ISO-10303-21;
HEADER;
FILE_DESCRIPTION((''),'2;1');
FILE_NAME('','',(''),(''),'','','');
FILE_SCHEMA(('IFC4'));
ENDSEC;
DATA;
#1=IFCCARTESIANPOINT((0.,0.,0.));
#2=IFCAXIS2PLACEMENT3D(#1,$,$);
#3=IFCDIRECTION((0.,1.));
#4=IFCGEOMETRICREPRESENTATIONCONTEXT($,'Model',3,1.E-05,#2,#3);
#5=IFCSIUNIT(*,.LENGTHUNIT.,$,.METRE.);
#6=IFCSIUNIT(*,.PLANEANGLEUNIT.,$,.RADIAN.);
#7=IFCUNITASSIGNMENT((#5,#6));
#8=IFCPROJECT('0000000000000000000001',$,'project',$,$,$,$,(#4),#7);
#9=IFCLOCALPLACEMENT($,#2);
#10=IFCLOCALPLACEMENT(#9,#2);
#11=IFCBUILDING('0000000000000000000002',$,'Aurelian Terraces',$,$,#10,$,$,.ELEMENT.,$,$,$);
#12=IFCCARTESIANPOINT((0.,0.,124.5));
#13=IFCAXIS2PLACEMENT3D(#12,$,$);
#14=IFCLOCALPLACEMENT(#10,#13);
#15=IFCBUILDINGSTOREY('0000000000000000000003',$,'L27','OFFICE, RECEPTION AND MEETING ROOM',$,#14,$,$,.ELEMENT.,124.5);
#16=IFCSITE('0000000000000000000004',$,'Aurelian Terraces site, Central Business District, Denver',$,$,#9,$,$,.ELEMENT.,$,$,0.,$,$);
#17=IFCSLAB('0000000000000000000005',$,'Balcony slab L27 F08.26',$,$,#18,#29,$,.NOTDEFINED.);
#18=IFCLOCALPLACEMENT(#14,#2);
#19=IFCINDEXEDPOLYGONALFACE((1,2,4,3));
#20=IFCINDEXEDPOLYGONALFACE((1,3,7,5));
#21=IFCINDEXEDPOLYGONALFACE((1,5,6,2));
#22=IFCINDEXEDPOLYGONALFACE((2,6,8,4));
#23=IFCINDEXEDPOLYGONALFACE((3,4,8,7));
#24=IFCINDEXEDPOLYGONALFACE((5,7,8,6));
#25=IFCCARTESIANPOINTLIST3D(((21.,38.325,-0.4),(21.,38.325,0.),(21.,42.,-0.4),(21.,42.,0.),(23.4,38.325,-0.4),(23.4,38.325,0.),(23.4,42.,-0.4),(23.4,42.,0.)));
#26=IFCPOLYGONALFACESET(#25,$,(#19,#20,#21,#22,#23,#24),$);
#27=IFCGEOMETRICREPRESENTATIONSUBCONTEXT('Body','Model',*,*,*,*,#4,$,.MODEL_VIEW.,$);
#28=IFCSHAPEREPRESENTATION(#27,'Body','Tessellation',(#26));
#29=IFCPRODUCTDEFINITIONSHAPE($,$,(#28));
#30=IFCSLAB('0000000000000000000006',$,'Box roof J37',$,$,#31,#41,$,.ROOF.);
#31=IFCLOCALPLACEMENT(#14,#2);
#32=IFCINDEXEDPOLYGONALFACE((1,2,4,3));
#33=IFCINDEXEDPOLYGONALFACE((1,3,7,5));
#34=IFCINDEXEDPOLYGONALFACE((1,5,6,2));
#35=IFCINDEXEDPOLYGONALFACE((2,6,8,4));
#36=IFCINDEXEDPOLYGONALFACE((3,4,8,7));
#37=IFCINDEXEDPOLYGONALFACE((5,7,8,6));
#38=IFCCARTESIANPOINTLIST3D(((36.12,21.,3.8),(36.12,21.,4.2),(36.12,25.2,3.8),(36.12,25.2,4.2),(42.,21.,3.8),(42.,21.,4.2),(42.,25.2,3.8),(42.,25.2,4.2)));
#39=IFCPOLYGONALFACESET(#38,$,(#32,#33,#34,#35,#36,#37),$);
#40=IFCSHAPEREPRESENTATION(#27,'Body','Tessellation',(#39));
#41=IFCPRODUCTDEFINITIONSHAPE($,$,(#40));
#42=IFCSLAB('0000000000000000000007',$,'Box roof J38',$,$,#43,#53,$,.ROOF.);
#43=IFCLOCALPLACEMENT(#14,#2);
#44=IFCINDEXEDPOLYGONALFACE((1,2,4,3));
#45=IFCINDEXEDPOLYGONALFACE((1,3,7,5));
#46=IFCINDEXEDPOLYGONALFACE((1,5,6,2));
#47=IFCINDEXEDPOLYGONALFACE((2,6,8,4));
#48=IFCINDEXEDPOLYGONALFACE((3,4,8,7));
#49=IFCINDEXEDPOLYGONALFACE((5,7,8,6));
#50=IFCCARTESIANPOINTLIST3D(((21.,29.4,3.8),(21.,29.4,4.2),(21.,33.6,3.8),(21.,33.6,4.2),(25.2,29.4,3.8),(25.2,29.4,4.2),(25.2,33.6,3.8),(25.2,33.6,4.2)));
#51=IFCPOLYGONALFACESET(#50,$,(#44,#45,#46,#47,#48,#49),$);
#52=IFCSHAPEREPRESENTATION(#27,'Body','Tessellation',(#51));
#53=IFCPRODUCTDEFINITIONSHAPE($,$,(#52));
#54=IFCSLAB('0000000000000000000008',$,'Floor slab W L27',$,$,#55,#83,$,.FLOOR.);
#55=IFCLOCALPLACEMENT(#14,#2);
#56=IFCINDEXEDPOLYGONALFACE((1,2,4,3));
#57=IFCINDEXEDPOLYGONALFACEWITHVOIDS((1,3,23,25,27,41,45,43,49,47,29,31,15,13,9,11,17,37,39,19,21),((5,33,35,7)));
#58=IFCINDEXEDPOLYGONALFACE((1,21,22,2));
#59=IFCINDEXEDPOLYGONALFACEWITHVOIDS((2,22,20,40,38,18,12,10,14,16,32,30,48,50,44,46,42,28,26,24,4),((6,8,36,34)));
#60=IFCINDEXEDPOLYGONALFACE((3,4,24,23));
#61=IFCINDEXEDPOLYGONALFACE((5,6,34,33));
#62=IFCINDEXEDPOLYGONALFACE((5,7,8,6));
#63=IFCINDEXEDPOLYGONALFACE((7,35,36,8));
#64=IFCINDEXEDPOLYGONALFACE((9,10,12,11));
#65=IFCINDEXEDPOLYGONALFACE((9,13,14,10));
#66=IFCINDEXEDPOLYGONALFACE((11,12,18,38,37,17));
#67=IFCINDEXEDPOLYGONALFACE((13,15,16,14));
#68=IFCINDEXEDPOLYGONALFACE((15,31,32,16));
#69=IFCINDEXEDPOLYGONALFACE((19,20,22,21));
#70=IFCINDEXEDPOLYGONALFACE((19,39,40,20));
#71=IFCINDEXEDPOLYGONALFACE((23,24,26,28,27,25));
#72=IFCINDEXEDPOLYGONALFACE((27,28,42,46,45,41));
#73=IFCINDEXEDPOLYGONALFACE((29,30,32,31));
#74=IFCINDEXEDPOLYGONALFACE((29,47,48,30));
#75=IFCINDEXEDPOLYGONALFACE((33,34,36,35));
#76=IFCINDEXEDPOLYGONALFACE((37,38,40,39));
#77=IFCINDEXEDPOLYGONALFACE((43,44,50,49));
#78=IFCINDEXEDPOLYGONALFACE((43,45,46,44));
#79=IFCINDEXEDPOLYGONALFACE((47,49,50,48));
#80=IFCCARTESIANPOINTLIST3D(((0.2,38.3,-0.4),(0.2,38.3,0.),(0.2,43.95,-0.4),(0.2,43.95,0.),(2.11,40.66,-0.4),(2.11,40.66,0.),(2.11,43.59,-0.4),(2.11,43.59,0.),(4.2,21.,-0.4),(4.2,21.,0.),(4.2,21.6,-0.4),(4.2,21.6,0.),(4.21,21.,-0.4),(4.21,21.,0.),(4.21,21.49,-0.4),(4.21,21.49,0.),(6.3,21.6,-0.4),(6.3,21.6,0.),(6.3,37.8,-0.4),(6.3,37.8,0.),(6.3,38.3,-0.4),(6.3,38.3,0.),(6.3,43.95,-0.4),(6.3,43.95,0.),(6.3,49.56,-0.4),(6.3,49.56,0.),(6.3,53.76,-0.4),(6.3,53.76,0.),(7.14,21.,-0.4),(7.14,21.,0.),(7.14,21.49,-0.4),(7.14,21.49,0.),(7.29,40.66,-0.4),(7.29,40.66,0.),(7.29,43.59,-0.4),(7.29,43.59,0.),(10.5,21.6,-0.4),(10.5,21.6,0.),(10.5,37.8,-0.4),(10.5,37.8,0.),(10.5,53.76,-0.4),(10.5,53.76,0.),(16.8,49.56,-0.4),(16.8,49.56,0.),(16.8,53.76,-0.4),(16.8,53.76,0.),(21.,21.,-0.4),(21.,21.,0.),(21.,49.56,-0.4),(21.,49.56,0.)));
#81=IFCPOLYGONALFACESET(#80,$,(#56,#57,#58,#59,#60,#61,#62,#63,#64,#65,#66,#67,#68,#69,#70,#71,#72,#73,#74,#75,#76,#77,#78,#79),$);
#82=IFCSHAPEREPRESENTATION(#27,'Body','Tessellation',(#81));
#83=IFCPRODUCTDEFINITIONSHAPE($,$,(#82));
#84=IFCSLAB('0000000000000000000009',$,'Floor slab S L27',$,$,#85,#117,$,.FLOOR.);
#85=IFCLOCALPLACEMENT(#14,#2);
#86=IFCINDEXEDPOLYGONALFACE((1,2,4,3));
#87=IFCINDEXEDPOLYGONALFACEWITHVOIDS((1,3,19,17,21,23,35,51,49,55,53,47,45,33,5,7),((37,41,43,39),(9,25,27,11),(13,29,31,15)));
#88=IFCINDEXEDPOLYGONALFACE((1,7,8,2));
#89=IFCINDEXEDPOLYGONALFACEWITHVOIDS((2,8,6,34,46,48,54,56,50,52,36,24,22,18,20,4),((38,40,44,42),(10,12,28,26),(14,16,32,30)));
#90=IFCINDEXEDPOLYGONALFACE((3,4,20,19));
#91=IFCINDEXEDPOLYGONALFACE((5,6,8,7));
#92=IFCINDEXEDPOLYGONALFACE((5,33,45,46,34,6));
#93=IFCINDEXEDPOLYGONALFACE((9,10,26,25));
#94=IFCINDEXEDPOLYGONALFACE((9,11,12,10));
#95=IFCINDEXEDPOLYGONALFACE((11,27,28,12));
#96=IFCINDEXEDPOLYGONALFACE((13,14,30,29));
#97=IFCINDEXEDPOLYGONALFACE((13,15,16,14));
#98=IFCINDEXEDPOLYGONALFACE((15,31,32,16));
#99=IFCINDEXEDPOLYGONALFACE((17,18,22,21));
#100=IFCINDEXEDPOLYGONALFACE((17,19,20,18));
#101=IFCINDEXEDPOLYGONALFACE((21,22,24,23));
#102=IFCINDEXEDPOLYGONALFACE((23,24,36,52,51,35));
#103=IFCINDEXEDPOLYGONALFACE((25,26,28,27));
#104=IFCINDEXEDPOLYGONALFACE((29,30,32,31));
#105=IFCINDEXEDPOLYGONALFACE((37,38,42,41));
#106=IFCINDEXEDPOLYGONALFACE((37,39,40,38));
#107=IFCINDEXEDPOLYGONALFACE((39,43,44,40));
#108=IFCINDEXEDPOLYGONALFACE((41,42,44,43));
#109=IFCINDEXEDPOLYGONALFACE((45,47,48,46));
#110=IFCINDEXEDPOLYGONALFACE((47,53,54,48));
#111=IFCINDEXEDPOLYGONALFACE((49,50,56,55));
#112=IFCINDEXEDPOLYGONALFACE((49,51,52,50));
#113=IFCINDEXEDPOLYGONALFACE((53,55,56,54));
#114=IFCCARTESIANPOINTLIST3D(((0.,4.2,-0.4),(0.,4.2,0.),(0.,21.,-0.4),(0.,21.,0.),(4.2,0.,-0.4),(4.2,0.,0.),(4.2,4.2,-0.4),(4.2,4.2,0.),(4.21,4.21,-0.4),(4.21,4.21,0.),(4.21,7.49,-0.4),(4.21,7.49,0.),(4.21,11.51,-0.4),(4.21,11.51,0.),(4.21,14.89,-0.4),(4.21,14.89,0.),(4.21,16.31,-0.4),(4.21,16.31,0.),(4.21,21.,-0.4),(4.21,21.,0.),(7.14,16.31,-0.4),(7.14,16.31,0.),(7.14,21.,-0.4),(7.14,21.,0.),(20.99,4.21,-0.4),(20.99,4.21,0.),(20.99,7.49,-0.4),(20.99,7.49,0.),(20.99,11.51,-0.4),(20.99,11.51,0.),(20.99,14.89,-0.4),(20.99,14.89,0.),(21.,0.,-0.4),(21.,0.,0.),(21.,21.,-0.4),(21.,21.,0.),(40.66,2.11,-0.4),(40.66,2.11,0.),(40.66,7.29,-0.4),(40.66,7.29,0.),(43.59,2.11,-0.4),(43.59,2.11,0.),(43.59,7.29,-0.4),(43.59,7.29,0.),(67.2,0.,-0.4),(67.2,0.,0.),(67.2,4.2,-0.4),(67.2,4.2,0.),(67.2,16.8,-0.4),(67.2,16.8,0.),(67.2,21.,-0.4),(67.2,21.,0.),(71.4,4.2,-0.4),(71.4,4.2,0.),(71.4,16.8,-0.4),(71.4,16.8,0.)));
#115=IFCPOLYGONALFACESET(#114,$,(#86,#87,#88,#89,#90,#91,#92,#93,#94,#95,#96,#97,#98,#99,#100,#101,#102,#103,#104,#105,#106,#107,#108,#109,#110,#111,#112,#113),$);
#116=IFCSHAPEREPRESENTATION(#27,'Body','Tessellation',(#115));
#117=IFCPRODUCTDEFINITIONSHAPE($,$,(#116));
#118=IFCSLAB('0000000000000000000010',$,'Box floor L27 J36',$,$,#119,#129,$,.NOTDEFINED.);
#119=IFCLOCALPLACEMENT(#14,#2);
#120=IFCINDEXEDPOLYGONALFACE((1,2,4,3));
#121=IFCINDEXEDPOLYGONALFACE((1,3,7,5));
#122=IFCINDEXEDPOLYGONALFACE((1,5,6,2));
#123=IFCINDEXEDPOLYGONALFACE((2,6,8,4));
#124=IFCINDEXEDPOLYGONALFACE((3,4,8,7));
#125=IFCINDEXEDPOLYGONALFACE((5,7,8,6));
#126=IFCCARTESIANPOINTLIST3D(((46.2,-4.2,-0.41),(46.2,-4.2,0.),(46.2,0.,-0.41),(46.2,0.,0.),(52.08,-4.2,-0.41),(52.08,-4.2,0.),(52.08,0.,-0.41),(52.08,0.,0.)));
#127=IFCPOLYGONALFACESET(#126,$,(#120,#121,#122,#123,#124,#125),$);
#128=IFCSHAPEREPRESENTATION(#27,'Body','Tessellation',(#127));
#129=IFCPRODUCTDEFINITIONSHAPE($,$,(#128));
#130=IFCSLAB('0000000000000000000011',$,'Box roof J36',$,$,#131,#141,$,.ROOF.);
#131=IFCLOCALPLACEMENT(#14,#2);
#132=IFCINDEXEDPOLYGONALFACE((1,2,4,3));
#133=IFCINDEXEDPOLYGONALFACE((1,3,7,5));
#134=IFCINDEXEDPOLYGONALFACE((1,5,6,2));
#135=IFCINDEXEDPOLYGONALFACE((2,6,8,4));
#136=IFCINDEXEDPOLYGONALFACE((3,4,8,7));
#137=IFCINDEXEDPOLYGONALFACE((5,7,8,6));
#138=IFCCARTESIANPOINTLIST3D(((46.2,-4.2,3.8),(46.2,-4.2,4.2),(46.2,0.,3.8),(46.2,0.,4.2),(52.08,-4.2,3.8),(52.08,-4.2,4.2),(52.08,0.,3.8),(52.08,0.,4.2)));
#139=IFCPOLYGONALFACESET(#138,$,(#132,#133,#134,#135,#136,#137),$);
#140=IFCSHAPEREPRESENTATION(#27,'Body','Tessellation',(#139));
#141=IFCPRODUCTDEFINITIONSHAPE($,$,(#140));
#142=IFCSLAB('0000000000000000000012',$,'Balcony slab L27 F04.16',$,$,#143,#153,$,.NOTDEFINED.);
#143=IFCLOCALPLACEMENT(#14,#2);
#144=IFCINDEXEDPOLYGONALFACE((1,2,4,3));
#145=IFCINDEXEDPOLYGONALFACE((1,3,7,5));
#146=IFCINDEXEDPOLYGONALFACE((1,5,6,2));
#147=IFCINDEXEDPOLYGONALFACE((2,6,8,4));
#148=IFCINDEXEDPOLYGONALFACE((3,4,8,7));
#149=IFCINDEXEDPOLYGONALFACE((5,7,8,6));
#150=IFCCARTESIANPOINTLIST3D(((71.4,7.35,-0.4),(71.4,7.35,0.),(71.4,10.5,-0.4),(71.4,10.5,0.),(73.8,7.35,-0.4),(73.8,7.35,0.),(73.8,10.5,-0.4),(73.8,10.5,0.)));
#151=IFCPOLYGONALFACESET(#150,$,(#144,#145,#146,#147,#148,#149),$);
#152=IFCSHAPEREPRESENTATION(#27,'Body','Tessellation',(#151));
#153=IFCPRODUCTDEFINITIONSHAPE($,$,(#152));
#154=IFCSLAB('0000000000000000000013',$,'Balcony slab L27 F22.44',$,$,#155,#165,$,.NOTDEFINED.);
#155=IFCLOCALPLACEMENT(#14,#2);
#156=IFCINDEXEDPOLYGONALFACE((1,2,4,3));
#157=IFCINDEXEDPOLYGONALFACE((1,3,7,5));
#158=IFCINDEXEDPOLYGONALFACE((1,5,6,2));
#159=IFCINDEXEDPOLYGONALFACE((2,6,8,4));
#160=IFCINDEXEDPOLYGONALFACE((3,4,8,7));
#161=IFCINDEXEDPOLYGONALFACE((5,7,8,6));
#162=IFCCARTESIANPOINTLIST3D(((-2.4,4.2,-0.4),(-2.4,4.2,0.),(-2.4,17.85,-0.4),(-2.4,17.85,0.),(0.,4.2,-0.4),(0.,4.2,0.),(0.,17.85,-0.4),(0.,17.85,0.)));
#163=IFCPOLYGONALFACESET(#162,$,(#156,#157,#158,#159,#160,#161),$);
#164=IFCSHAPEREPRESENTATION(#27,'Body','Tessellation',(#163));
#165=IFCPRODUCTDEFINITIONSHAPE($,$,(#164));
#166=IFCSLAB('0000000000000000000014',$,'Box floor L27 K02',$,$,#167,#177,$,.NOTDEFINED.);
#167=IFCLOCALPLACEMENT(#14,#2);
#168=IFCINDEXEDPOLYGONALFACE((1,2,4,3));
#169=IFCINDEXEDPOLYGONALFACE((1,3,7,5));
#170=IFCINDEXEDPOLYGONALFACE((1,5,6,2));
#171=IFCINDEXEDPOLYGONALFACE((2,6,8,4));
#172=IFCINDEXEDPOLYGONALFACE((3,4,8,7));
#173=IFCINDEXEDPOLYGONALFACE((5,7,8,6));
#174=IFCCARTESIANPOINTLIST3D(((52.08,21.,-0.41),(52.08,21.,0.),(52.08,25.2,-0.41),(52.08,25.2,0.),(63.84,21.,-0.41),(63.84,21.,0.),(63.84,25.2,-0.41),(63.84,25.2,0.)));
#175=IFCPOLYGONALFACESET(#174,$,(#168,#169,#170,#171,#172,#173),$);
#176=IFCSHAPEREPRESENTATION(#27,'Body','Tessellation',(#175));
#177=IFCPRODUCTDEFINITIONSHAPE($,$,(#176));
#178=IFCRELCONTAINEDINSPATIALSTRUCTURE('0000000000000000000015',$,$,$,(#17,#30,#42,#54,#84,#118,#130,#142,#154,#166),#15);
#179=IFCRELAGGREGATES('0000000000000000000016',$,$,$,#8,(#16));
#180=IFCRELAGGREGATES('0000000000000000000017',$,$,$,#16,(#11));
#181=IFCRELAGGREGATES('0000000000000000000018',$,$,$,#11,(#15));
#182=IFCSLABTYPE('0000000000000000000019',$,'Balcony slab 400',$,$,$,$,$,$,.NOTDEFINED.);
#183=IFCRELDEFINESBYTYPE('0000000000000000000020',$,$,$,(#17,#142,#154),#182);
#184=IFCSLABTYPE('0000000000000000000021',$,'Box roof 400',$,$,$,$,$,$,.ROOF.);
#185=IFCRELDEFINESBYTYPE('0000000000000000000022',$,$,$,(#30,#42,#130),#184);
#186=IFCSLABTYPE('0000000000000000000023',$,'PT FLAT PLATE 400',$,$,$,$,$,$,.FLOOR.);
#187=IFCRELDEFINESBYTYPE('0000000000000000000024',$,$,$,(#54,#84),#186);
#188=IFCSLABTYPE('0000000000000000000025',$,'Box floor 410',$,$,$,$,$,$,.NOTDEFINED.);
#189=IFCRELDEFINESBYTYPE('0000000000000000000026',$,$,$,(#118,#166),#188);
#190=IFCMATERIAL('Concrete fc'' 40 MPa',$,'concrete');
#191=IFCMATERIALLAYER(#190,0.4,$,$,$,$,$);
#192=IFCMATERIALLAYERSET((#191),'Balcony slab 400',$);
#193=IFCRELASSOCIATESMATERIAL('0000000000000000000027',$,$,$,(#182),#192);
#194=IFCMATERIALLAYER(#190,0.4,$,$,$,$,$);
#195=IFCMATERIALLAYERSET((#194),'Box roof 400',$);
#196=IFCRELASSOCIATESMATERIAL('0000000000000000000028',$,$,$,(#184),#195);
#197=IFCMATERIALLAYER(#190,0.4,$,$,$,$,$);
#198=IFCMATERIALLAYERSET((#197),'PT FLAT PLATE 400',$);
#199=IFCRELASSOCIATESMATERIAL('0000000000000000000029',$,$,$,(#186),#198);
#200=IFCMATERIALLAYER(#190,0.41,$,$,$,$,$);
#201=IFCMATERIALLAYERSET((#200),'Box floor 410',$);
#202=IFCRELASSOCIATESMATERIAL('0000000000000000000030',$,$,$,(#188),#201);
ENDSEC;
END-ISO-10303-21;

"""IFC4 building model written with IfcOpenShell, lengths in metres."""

from ifc_helpers import new_model, si_unit, direction, frame, origin, place, context, subcontext, project, spatial, polyline, outline, extrude, source, transform, mapped, material, layer, layer_set, type_object, element, save


model = new_model("IFC4")

# Units and contexts
model_context = context("Model", 3, precision=1e-05, world=origin(), true_north=direction((0.0, 1.0)))
body_context = subcontext(model_context, "Body", "Model", "MODEL_VIEW")
ifc_project = project(units=[si_unit("LENGTHUNIT", "METRE"), si_unit("PLANEANGLEUNIT", "RADIAN")], contexts=[model_context])

# Site, building, storey
site_placement = place(None, origin())
site = spatial("IfcSite", under=ifc_project, at=site_placement, Name="Aurelian Terraces site, Central Business District, Denver", CompositionType="ELEMENT", RefElevation=0.0)
building_placement = place(site_placement, origin())
building = spatial("IfcBuilding", under=site, at=building_placement, Name="Aurelian Terraces", CompositionType="ELEMENT")
storey_placement = place(building_placement, frame((0.0, 0.0, 124.5)))
storey = spatial("IfcBuildingStorey", under=building, at=storey_placement, Name="L27", Description="OFFICE, RECEPTION AND MEETING ROOM", CompositionType="ELEMENT", Elevation=124.5)

# Slabs
ifc_material_1 = material(Name="Concrete fc' 40 MPa", Category="concrete")
ifc_layer_1 = layer(ifc_material_1, 0.4)
ifc_layer_set_1 = layer_set([ifc_layer_1], Name="Balcony slab 400")
slab_type_1 = type_object("IfcSlabType", Name="Balcony slab 400", PredefinedType="NOTDEFINED", material=ifc_layer_set_1)
slab_1_placement = place(storey_placement, frame((0.0, 0.0, -0.4)))
element("IfcSlab", 1, at=slab_1_placement, inside=storey, type_object=slab_type_1, Name="Balcony slab L27 F08.26", PredefinedType="NOTDEFINED", context=body_context, shape_type="SweptSolid", body=[
    extrude(outline(polyline([(21.0, 38.325), (21.0, 42.0), (23.4, 42.0), (23.4, 38.325), (21.0, 38.325)])), origin(), (0.0, 0.0, 1.0), 0.4),
])
ifc_layer_2 = layer(ifc_material_1, 0.4)
ifc_layer_set_2 = layer_set([ifc_layer_2], Name="Box roof 400")
slab_type_2 = type_object("IfcSlabType", Name="Box roof 400", PredefinedType="ROOF", material=ifc_layer_set_2)
slab_2_placement = place(storey_placement, frame((0.0, 0.0, 3.8)))
element("IfcSlab", 2, at=slab_2_placement, inside=storey, type_object=slab_type_2, Name="Box roof J37", PredefinedType="ROOF", context=body_context, shape_type="SweptSolid", body=[
    extrude(outline(polyline([(42.0, 25.2), (36.12, 25.2), (36.12, 21.0), (42.0, 21.0), (42.0, 25.2)])), origin(), (0.0, 0.0, 1.0), 0.4),
])
slab_3_placement = place(storey_placement, frame((0.0, 0.0, 3.8)))
element("IfcSlab", 3, at=slab_3_placement, inside=storey, type_object=slab_type_2, Name="Box roof J38", PredefinedType="ROOF", context=body_context, shape_type="SweptSolid", body=[
    extrude(outline(polyline([(25.2, 29.4), (25.2, 33.6), (21.0, 33.6), (21.0, 29.4), (25.2, 29.4)])), origin(), (0.0, 0.0, 1.0), 0.4),
])
ifc_layer_3 = layer(ifc_material_1, 0.4)
ifc_layer_set_3 = layer_set([ifc_layer_3], Name="PT FLAT PLATE 400")
slab_type_3 = type_object("IfcSlabType", Name="PT FLAT PLATE 400", PredefinedType="FLOOR", material=ifc_layer_set_3)
slab_4_placement = place(storey_placement, frame((0.0, 0.0, -0.4)))
element("IfcSlab", 4, at=slab_4_placement, inside=storey, type_object=slab_type_3, Name="Floor slab W L27", PredefinedType="FLOOR", context=body_context, shape_type="SweptSolid", body=[
    extrude(outline(polyline([(6.3, 43.95), (6.3, 49.56), (6.3, 53.76), (10.5, 53.76), (16.8, 53.76), (16.8, 49.56), (21.0, 49.56), (21.0, 21.0), (7.14, 21.0), (7.14, 21.49), (4.21, 21.49), (4.21, 21.0), (4.2, 21.0), (4.2, 21.6), (6.3, 21.6), (10.5, 21.6), (10.5, 37.8), (6.3, 37.8), (6.3, 38.3), (0.2, 38.3), (0.2, 43.95), (6.3, 43.95)]), holes=[polyline([(7.29, 43.59), (2.11, 43.59), (2.11, 40.66), (7.29, 40.66), (7.29, 43.59)])]), origin(), (0.0, 0.0, 1.0), 0.4),
])
shared_shape_1 = source(origin(), body_context, "Body", "SweptSolid", [
    extrude(outline(polyline([(67.2, 16.8), (71.4, 16.8), (71.4, 4.2), (67.2, 4.2), (67.2, 0.0), (21.0, 0.0), (4.2, 0.0), (4.2, 4.2), (0.0, 4.2), (0.0, 21.0), (4.21, 21.0), (4.21, 16.31), (7.14, 16.31), (7.14, 21.0), (21.0, 21.0), (67.2, 21.0), (67.2, 16.8)]), holes=[polyline([(40.66, 2.11), (43.59, 2.11), (43.59, 7.29), (40.66, 7.29), (40.66, 2.11)]), polyline([(4.21, 7.49), (4.21, 4.21), (20.99, 4.21), (20.99, 7.49), (4.21, 7.49)]), polyline([(4.21, 14.89), (4.21, 11.51), (20.99, 11.51), (20.99, 14.89), (4.21, 14.89)])]), origin(), (0.0, 0.0, 1.0), 0.4),
])
slab_5_placement = place(storey_placement, frame((0.0, 0.0, -0.4)))
element("IfcSlab", 5, at=slab_5_placement, inside=storey, type_object=slab_type_3, Name="Floor slab S L27", PredefinedType="FLOOR", context=body_context, shape_type="MappedRepresentation", body=[
    mapped(shared_shape_1, transform((0.0, 0.0, 0.0), scale=1.0)),
])
ifc_layer_4 = layer(ifc_material_1, 0.41)
ifc_layer_set_4 = layer_set([ifc_layer_4], Name="Box floor 410")
slab_type_4 = type_object("IfcSlabType", Name="Box floor 410", PredefinedType="NOTDEFINED", material=ifc_layer_set_4)
shared_shape_2 = source(origin(), body_context, "Body", "SweptSolid", [
    extrude(outline(polyline([(46.2, -4.2), (52.08, -4.2), (52.08, 0.0), (46.2, 0.0), (46.2, -4.2)])), origin(), (0.0, 0.0, 1.0), 0.41),
])
slab_6_placement = place(storey_placement, frame((0.0, 0.0, -0.41)))
element("IfcSlab", 6, at=slab_6_placement, inside=storey, type_object=slab_type_4, Name="Box floor L27 J36", PredefinedType="NOTDEFINED", context=body_context, shape_type="MappedRepresentation", body=[
    mapped(shared_shape_2, transform((0.0, 0.0, 0.0), scale=1.0)),
])
shared_shape_3 = source(origin(), body_context, "Body", "SweptSolid", [
    extrude(outline(polyline([(46.2, -4.2), (52.08, -4.2), (52.08, 0.0), (46.2, 0.0), (46.2, -4.2)])), origin(), (0.0, 0.0, 1.0), 0.4),
])
slab_7_placement = place(storey_placement, frame((0.0, 0.0, 3.8)))
element("IfcSlab", 7, at=slab_7_placement, inside=storey, type_object=slab_type_2, Name="Box roof J36", PredefinedType="ROOF", context=body_context, shape_type="MappedRepresentation", body=[
    mapped(shared_shape_3, transform((0.0, 0.0, 0.0), scale=1.0)),
])
shared_shape_4 = source(origin(), body_context, "Body", "SweptSolid", [
    extrude(outline(polyline([(71.4, 7.35), (71.4, 10.5), (73.8, 10.5), (73.8, 7.35), (71.4, 7.35)])), origin(), (0.0, 0.0, 1.0), 0.4),
])
slab_8_placement = place(storey_placement, frame((0.0, 0.0, -0.4)))
element("IfcSlab", 8, at=slab_8_placement, inside=storey, type_object=slab_type_1, Name="Balcony slab L27 F04.16", PredefinedType="NOTDEFINED", context=body_context, shape_type="MappedRepresentation", body=[
    mapped(shared_shape_4, transform((0.0, 0.0, 0.0), scale=1.0)),
])
shared_shape_5 = source(origin(), body_context, "Body", "SweptSolid", [
    extrude(outline(polyline([(0.0, 17.85), (0.0, 4.2), (-2.4, 4.2), (-2.4, 17.85), (0.0, 17.85)])), origin(), (0.0, 0.0, 1.0), 0.4),
])
slab_9_placement = place(storey_placement, frame((0.0, 0.0, -0.4)))
element("IfcSlab", 9, at=slab_9_placement, inside=storey, type_object=slab_type_1, Name="Balcony slab L27 F22.44", PredefinedType="NOTDEFINED", context=body_context, shape_type="MappedRepresentation", body=[
    mapped(shared_shape_5, transform((0.0, 0.0, 0.0), scale=1.0)),
])
shared_shape_6 = source(origin(), body_context, "Body", "SweptSolid", [
    extrude(outline(polyline([(63.84, 25.2), (52.08, 25.2), (52.08, 21.0), (63.84, 21.0), (63.84, 25.2)])), origin(), (0.0, 0.0, 1.0), 0.41),
])
slab_10_placement = place(storey_placement, frame((0.0, 0.0, -0.41)))
element("IfcSlab", 10, at=slab_10_placement, inside=storey, type_object=slab_type_4, Name="Box floor L27 K02", PredefinedType="NOTDEFINED", context=body_context, shape_type="MappedRepresentation", body=[
    mapped(shared_shape_6, transform((0.0, 0.0, 0.0), scale=1.0)),
])

save(model, "model.ifc")
